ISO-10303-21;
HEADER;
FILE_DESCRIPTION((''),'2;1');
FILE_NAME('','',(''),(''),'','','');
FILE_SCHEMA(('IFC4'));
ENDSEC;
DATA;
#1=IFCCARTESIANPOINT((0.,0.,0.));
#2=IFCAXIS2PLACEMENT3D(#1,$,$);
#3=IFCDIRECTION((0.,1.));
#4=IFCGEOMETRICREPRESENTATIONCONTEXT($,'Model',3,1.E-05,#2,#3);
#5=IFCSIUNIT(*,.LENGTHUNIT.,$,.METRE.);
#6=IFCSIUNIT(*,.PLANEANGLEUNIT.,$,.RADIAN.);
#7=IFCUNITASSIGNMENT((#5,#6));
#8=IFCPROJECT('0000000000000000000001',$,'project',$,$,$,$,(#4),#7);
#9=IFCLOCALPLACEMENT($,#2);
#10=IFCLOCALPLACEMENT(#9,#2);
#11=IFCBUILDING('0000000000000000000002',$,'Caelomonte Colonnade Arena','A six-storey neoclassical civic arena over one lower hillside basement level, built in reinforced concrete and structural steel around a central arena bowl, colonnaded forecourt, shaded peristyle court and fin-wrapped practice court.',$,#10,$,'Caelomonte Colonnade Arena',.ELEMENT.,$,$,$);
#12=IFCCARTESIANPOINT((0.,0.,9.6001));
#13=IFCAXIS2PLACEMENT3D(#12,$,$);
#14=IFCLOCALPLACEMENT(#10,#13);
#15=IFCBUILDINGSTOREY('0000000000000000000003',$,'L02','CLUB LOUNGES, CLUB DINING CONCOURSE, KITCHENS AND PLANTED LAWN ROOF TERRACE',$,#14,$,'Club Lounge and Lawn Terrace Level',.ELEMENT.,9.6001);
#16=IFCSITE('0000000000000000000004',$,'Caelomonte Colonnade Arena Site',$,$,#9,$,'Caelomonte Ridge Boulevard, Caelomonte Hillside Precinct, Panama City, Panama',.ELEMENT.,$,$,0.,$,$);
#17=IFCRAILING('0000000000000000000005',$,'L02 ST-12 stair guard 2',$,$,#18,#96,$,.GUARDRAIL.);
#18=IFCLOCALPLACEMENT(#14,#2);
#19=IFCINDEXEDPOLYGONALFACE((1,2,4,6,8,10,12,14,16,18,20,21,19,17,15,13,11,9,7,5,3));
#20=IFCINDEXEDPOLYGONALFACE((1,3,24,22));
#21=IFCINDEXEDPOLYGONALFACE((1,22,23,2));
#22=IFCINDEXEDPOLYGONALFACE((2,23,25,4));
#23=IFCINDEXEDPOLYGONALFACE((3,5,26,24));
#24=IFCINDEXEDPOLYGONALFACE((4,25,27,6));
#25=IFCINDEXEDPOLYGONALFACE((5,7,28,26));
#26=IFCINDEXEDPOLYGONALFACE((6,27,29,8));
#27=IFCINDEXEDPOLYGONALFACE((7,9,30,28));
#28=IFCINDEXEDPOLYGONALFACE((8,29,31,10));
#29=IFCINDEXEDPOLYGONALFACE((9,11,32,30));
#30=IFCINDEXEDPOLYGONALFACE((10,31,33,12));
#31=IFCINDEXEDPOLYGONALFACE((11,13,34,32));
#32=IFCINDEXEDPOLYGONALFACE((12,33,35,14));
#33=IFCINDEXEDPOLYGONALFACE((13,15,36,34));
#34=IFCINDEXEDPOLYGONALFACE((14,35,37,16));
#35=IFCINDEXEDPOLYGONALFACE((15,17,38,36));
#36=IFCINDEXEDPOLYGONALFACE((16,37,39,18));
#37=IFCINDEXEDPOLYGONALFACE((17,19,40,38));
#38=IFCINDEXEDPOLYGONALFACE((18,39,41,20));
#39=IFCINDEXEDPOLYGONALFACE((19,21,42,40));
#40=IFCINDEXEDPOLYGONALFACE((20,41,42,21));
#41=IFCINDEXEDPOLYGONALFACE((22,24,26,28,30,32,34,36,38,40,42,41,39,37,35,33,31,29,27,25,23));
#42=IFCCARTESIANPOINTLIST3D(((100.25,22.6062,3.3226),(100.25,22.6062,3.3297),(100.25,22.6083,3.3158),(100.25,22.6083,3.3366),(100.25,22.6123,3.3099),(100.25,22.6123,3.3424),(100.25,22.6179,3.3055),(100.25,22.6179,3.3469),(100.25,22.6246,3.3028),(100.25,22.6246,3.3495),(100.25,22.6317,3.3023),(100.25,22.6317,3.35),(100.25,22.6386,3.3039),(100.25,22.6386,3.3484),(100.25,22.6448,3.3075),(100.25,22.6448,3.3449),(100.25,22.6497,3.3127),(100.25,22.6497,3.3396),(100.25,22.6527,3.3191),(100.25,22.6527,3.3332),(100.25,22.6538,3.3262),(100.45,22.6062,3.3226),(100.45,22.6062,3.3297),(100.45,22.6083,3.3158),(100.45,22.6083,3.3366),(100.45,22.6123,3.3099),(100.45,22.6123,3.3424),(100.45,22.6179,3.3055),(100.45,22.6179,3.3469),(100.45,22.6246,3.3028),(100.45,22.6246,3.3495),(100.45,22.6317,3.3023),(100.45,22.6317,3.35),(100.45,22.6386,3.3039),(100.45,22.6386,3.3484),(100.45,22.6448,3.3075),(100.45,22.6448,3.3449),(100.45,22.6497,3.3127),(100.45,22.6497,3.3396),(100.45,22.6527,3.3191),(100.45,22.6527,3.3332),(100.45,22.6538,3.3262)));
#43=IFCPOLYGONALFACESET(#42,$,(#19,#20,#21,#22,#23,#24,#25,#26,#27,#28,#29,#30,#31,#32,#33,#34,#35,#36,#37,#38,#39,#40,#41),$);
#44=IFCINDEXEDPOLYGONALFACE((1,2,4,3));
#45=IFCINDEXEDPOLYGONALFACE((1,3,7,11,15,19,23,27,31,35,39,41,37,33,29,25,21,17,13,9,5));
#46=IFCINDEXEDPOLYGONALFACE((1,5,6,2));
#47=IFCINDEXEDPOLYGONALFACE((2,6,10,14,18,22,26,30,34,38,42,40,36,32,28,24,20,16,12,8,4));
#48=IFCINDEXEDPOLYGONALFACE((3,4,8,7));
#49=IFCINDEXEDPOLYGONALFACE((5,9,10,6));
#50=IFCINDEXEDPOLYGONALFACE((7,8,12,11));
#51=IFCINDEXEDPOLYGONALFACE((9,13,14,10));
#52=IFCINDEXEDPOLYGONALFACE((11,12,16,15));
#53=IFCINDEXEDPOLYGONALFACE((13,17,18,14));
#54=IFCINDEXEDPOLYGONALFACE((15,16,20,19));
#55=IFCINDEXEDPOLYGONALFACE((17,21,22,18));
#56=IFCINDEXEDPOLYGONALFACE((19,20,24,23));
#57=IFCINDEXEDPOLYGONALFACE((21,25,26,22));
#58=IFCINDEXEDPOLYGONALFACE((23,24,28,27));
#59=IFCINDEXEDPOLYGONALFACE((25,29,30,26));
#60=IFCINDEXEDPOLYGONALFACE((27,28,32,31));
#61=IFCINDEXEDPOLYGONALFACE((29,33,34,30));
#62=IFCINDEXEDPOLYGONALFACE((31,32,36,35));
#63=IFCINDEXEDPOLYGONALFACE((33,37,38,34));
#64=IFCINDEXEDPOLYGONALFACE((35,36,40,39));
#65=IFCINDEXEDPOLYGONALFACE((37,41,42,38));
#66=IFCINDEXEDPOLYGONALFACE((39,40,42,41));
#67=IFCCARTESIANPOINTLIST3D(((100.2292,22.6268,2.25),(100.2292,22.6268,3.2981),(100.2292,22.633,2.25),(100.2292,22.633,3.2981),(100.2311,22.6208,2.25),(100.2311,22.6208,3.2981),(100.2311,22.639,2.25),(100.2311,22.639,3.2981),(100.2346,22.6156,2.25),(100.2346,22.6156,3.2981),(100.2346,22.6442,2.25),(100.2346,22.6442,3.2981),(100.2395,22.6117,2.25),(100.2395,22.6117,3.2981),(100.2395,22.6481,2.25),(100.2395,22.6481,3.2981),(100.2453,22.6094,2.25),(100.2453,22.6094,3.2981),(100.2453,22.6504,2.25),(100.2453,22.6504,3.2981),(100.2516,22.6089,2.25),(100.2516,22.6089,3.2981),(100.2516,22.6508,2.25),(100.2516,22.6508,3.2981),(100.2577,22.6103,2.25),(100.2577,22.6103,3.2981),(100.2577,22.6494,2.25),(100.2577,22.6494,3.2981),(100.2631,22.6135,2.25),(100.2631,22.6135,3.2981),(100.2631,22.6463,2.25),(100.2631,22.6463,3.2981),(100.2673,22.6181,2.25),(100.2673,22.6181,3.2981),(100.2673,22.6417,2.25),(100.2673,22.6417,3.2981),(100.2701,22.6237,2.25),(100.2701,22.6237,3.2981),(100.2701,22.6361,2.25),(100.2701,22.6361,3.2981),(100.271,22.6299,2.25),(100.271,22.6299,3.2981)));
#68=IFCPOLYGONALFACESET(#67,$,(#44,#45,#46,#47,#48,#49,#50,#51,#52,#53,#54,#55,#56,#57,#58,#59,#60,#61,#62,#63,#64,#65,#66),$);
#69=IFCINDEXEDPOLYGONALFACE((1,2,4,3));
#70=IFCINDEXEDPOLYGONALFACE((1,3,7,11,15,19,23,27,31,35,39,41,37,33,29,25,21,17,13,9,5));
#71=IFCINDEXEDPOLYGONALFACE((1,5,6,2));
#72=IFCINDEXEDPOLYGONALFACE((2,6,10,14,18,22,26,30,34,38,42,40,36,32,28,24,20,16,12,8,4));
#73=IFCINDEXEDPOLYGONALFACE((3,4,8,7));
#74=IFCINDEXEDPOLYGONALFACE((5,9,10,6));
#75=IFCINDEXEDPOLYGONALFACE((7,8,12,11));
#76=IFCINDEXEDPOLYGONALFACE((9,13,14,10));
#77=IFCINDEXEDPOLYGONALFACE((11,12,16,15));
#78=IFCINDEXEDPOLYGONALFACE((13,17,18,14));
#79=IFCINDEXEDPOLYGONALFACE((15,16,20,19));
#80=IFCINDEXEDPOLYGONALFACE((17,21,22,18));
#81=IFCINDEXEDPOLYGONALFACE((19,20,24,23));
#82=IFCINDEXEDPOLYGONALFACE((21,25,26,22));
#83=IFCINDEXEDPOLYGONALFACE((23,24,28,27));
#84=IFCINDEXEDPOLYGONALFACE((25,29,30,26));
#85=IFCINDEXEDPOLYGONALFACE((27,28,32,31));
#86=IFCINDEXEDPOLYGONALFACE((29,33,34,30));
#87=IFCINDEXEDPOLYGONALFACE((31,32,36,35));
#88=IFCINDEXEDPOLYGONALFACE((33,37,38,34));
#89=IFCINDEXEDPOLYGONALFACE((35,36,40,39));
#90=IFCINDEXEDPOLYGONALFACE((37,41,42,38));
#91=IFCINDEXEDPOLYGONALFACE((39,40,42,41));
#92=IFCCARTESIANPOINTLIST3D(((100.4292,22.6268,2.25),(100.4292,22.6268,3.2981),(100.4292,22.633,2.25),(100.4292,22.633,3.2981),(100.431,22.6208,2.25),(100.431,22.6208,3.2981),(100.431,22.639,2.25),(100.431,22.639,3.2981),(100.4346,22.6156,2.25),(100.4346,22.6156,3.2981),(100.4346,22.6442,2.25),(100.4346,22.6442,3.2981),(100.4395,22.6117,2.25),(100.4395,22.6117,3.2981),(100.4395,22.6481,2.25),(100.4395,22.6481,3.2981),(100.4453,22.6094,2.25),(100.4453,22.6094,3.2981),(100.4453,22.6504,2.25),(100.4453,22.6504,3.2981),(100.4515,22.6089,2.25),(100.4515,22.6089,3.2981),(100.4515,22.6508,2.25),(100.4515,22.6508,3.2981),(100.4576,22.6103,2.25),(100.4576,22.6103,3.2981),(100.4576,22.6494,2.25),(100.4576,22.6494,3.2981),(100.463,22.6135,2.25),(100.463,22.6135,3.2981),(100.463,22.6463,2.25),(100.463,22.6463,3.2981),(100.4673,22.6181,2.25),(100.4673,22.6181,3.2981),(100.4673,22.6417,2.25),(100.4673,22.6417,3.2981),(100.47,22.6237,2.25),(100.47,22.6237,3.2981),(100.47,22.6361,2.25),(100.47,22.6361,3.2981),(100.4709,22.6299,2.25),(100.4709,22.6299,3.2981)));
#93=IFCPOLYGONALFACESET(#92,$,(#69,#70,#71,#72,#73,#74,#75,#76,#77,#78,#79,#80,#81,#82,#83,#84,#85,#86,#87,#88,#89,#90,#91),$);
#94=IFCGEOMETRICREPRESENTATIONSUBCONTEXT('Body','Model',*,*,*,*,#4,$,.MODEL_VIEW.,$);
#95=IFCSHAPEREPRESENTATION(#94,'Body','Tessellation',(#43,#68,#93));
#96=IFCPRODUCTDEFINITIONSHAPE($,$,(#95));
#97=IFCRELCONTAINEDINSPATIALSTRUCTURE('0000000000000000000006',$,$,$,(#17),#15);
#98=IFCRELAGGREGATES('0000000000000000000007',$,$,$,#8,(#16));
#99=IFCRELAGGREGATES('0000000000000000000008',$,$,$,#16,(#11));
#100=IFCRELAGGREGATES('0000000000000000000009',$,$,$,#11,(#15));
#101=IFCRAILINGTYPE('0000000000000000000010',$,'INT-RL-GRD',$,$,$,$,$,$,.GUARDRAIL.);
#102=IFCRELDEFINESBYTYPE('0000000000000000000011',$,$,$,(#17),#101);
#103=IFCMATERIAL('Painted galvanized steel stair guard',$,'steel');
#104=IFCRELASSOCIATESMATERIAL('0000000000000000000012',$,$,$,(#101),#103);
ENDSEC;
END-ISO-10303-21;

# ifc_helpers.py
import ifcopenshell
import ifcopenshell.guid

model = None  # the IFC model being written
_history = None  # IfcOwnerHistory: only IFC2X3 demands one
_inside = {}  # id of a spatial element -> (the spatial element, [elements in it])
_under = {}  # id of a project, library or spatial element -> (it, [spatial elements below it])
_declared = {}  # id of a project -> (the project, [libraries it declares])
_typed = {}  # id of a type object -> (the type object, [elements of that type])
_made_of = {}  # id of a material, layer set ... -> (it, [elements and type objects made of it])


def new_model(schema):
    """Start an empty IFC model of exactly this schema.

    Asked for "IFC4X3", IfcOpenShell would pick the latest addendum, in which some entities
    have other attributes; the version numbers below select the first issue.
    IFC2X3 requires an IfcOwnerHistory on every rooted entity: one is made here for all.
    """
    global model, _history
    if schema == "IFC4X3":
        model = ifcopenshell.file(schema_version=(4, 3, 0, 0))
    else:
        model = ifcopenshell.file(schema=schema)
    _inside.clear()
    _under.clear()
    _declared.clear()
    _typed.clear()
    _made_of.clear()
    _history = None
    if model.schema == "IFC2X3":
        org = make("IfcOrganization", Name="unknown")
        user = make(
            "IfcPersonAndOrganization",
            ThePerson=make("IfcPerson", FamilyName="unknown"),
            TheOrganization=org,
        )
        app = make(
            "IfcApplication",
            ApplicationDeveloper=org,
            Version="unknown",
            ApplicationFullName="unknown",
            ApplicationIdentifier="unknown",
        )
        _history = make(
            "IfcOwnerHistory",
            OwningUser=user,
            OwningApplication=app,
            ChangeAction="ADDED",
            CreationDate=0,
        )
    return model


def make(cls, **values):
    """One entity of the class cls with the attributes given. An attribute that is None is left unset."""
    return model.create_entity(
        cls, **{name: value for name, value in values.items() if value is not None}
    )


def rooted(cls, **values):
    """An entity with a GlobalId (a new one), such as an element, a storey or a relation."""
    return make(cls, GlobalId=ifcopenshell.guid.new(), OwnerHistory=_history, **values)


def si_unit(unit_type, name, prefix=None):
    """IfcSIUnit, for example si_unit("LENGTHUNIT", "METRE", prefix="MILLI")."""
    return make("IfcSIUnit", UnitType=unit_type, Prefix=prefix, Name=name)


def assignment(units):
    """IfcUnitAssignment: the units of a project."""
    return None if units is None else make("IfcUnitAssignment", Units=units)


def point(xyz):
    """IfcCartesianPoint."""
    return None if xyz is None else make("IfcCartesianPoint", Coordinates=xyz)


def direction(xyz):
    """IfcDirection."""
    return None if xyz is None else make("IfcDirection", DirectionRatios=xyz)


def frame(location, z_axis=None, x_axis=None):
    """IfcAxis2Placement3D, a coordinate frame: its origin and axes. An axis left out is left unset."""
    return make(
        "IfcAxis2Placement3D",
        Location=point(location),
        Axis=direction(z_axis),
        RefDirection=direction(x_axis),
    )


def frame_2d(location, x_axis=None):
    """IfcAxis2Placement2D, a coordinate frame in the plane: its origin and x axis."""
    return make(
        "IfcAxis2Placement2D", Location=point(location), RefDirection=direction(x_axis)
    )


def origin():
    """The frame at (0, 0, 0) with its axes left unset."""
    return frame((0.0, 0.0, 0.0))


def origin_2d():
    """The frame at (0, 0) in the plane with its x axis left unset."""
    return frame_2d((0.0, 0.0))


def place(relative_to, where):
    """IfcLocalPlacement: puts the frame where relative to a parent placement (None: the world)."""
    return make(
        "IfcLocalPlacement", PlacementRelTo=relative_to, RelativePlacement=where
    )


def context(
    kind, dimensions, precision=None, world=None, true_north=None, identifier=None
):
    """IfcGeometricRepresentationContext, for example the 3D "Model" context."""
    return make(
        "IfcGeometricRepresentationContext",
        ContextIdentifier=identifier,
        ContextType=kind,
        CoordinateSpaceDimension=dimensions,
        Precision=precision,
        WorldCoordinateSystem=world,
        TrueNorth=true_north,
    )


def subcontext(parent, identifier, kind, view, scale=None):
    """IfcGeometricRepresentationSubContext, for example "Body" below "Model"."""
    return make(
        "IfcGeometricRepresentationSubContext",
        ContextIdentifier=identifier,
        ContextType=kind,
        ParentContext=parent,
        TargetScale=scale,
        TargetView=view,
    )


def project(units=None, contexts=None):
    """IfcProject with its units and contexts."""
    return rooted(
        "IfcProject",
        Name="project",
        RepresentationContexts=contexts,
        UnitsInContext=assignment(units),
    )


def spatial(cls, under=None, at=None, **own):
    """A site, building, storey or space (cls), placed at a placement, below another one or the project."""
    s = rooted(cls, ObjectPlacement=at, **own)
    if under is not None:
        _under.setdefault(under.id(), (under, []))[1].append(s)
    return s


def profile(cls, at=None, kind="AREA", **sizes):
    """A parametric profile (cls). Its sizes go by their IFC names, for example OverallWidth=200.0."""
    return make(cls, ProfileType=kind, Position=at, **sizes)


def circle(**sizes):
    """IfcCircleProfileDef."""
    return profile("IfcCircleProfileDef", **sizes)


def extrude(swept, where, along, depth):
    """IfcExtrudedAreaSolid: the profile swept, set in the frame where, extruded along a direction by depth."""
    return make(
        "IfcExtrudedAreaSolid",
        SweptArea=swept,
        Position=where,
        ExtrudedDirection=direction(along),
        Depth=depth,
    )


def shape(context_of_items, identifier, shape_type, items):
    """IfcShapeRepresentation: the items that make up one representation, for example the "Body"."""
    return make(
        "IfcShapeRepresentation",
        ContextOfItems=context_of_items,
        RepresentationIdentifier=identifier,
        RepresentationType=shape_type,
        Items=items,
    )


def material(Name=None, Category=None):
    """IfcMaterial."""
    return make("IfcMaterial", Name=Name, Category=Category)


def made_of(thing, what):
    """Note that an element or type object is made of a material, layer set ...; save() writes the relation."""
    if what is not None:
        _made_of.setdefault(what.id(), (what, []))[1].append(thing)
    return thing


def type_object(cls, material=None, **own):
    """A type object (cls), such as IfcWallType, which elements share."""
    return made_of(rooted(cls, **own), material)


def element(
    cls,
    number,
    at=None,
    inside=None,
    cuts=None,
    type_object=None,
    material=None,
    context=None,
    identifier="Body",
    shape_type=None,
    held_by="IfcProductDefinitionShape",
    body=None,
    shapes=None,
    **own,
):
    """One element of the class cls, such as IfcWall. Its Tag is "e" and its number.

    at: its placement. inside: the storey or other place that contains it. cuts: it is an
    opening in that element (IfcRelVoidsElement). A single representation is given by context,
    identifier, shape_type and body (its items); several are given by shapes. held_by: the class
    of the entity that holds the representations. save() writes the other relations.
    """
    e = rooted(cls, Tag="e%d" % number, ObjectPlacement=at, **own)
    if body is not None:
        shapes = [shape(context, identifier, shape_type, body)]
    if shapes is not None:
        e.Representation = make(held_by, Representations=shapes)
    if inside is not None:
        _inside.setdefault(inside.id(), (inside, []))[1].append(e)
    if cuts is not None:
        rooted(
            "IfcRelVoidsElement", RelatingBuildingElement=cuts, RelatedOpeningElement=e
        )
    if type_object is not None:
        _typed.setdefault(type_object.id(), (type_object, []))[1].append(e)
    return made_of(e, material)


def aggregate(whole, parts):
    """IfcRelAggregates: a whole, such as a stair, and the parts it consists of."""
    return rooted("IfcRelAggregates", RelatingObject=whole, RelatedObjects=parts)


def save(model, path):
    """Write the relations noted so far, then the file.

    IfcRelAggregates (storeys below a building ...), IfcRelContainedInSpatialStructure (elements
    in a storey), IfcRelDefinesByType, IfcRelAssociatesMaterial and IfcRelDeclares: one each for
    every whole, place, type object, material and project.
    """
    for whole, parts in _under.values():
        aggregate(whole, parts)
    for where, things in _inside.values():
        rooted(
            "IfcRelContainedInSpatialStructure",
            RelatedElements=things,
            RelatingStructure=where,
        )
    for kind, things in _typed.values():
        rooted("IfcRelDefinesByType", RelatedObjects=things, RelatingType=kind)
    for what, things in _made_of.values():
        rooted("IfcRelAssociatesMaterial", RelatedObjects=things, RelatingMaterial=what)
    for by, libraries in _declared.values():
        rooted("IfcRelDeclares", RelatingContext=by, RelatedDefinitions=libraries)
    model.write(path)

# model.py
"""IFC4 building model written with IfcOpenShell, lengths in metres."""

from ifc_helpers import new_model, si_unit, direction, frame, origin, origin_2d, place, context, subcontext, project, spatial, circle, extrude, material, type_object, element, save


model = new_model("IFC4")

# Units and contexts
model_context = context("Model", 3, precision=1e-05, world=origin(), true_north=direction((0.0, 1.0)))
body_context = subcontext(model_context, "Body", "Model", "MODEL_VIEW")
ifc_project = project(units=[si_unit("LENGTHUNIT", "METRE"), si_unit("PLANEANGLEUNIT", "RADIAN")], contexts=[model_context])

# Site, building, storey
site_placement = place(None, origin())
site = spatial("IfcSite", under=ifc_project, at=site_placement, Name="Caelomonte Colonnade Arena Site", LongName="Caelomonte Ridge Boulevard, Caelomonte Hillside Precinct, Panama City, Panama", CompositionType="ELEMENT", RefElevation=0.0)
building_placement = place(site_placement, origin())
building = spatial("IfcBuilding", under=site, at=building_placement, Name="Caelomonte Colonnade Arena", Description="A six-storey neoclassical civic arena over one lower hillside basement level, built in reinforced concrete and structural steel around a central arena bowl, colonnaded forecourt, shaded peristyle court and fin-wrapped practice court.", LongName="Caelomonte Colonnade Arena", CompositionType="ELEMENT")
storey_placement = place(building_placement, frame((0.0, 0.0, 9.6001)))
storey = spatial("IfcBuildingStorey", under=building, at=storey_placement, Name="L02", Description="CLUB LOUNGES, CLUB DINING CONCOURSE, KITCHENS AND PLANTED LAWN ROOF TERRACE", LongName="Club Lounge and Lawn Terrace Level", CompositionType="ELEMENT", Elevation=9.6001)

# Railing
ifc_material_1 = material(Name="Painted galvanized steel stair guard", Category="steel")
railing_type_1 = type_object("IfcRailingType", Name="INT-RL-GRD", PredefinedType="GUARDRAIL", material=ifc_material_1)
railing_1_placement = place(storey_placement, frame((100.25, 22.6299, 2.25)))
element("IfcRailing", 1, at=railing_1_placement, inside=storey, type_object=railing_type_1, Name="L02 ST-12 stair guard 2", PredefinedType="GUARDRAIL", context=body_context, shape_type="SweptSolid", body=[
    extrude(circle(Radius=0.0239, at=origin_2d()), frame((0.0, 0.0, 1.0762), z_axis=(1.0, 0.0, 0.0), x_axis=(0.0, 1.0, 0.0)), (0.0, 0.0, 1.0), 0.2),
    extrude(circle(Radius=0.021, at=origin_2d()), origin(), (0.0, 0.0, 1.0), 1.0481),
    extrude(circle(Radius=0.021, at=origin_2d()), frame((0.2, 0.0, 0.0)), (0.0, 0.0, 1.0), 1.0481),
])

save(model, "model.ifc")
